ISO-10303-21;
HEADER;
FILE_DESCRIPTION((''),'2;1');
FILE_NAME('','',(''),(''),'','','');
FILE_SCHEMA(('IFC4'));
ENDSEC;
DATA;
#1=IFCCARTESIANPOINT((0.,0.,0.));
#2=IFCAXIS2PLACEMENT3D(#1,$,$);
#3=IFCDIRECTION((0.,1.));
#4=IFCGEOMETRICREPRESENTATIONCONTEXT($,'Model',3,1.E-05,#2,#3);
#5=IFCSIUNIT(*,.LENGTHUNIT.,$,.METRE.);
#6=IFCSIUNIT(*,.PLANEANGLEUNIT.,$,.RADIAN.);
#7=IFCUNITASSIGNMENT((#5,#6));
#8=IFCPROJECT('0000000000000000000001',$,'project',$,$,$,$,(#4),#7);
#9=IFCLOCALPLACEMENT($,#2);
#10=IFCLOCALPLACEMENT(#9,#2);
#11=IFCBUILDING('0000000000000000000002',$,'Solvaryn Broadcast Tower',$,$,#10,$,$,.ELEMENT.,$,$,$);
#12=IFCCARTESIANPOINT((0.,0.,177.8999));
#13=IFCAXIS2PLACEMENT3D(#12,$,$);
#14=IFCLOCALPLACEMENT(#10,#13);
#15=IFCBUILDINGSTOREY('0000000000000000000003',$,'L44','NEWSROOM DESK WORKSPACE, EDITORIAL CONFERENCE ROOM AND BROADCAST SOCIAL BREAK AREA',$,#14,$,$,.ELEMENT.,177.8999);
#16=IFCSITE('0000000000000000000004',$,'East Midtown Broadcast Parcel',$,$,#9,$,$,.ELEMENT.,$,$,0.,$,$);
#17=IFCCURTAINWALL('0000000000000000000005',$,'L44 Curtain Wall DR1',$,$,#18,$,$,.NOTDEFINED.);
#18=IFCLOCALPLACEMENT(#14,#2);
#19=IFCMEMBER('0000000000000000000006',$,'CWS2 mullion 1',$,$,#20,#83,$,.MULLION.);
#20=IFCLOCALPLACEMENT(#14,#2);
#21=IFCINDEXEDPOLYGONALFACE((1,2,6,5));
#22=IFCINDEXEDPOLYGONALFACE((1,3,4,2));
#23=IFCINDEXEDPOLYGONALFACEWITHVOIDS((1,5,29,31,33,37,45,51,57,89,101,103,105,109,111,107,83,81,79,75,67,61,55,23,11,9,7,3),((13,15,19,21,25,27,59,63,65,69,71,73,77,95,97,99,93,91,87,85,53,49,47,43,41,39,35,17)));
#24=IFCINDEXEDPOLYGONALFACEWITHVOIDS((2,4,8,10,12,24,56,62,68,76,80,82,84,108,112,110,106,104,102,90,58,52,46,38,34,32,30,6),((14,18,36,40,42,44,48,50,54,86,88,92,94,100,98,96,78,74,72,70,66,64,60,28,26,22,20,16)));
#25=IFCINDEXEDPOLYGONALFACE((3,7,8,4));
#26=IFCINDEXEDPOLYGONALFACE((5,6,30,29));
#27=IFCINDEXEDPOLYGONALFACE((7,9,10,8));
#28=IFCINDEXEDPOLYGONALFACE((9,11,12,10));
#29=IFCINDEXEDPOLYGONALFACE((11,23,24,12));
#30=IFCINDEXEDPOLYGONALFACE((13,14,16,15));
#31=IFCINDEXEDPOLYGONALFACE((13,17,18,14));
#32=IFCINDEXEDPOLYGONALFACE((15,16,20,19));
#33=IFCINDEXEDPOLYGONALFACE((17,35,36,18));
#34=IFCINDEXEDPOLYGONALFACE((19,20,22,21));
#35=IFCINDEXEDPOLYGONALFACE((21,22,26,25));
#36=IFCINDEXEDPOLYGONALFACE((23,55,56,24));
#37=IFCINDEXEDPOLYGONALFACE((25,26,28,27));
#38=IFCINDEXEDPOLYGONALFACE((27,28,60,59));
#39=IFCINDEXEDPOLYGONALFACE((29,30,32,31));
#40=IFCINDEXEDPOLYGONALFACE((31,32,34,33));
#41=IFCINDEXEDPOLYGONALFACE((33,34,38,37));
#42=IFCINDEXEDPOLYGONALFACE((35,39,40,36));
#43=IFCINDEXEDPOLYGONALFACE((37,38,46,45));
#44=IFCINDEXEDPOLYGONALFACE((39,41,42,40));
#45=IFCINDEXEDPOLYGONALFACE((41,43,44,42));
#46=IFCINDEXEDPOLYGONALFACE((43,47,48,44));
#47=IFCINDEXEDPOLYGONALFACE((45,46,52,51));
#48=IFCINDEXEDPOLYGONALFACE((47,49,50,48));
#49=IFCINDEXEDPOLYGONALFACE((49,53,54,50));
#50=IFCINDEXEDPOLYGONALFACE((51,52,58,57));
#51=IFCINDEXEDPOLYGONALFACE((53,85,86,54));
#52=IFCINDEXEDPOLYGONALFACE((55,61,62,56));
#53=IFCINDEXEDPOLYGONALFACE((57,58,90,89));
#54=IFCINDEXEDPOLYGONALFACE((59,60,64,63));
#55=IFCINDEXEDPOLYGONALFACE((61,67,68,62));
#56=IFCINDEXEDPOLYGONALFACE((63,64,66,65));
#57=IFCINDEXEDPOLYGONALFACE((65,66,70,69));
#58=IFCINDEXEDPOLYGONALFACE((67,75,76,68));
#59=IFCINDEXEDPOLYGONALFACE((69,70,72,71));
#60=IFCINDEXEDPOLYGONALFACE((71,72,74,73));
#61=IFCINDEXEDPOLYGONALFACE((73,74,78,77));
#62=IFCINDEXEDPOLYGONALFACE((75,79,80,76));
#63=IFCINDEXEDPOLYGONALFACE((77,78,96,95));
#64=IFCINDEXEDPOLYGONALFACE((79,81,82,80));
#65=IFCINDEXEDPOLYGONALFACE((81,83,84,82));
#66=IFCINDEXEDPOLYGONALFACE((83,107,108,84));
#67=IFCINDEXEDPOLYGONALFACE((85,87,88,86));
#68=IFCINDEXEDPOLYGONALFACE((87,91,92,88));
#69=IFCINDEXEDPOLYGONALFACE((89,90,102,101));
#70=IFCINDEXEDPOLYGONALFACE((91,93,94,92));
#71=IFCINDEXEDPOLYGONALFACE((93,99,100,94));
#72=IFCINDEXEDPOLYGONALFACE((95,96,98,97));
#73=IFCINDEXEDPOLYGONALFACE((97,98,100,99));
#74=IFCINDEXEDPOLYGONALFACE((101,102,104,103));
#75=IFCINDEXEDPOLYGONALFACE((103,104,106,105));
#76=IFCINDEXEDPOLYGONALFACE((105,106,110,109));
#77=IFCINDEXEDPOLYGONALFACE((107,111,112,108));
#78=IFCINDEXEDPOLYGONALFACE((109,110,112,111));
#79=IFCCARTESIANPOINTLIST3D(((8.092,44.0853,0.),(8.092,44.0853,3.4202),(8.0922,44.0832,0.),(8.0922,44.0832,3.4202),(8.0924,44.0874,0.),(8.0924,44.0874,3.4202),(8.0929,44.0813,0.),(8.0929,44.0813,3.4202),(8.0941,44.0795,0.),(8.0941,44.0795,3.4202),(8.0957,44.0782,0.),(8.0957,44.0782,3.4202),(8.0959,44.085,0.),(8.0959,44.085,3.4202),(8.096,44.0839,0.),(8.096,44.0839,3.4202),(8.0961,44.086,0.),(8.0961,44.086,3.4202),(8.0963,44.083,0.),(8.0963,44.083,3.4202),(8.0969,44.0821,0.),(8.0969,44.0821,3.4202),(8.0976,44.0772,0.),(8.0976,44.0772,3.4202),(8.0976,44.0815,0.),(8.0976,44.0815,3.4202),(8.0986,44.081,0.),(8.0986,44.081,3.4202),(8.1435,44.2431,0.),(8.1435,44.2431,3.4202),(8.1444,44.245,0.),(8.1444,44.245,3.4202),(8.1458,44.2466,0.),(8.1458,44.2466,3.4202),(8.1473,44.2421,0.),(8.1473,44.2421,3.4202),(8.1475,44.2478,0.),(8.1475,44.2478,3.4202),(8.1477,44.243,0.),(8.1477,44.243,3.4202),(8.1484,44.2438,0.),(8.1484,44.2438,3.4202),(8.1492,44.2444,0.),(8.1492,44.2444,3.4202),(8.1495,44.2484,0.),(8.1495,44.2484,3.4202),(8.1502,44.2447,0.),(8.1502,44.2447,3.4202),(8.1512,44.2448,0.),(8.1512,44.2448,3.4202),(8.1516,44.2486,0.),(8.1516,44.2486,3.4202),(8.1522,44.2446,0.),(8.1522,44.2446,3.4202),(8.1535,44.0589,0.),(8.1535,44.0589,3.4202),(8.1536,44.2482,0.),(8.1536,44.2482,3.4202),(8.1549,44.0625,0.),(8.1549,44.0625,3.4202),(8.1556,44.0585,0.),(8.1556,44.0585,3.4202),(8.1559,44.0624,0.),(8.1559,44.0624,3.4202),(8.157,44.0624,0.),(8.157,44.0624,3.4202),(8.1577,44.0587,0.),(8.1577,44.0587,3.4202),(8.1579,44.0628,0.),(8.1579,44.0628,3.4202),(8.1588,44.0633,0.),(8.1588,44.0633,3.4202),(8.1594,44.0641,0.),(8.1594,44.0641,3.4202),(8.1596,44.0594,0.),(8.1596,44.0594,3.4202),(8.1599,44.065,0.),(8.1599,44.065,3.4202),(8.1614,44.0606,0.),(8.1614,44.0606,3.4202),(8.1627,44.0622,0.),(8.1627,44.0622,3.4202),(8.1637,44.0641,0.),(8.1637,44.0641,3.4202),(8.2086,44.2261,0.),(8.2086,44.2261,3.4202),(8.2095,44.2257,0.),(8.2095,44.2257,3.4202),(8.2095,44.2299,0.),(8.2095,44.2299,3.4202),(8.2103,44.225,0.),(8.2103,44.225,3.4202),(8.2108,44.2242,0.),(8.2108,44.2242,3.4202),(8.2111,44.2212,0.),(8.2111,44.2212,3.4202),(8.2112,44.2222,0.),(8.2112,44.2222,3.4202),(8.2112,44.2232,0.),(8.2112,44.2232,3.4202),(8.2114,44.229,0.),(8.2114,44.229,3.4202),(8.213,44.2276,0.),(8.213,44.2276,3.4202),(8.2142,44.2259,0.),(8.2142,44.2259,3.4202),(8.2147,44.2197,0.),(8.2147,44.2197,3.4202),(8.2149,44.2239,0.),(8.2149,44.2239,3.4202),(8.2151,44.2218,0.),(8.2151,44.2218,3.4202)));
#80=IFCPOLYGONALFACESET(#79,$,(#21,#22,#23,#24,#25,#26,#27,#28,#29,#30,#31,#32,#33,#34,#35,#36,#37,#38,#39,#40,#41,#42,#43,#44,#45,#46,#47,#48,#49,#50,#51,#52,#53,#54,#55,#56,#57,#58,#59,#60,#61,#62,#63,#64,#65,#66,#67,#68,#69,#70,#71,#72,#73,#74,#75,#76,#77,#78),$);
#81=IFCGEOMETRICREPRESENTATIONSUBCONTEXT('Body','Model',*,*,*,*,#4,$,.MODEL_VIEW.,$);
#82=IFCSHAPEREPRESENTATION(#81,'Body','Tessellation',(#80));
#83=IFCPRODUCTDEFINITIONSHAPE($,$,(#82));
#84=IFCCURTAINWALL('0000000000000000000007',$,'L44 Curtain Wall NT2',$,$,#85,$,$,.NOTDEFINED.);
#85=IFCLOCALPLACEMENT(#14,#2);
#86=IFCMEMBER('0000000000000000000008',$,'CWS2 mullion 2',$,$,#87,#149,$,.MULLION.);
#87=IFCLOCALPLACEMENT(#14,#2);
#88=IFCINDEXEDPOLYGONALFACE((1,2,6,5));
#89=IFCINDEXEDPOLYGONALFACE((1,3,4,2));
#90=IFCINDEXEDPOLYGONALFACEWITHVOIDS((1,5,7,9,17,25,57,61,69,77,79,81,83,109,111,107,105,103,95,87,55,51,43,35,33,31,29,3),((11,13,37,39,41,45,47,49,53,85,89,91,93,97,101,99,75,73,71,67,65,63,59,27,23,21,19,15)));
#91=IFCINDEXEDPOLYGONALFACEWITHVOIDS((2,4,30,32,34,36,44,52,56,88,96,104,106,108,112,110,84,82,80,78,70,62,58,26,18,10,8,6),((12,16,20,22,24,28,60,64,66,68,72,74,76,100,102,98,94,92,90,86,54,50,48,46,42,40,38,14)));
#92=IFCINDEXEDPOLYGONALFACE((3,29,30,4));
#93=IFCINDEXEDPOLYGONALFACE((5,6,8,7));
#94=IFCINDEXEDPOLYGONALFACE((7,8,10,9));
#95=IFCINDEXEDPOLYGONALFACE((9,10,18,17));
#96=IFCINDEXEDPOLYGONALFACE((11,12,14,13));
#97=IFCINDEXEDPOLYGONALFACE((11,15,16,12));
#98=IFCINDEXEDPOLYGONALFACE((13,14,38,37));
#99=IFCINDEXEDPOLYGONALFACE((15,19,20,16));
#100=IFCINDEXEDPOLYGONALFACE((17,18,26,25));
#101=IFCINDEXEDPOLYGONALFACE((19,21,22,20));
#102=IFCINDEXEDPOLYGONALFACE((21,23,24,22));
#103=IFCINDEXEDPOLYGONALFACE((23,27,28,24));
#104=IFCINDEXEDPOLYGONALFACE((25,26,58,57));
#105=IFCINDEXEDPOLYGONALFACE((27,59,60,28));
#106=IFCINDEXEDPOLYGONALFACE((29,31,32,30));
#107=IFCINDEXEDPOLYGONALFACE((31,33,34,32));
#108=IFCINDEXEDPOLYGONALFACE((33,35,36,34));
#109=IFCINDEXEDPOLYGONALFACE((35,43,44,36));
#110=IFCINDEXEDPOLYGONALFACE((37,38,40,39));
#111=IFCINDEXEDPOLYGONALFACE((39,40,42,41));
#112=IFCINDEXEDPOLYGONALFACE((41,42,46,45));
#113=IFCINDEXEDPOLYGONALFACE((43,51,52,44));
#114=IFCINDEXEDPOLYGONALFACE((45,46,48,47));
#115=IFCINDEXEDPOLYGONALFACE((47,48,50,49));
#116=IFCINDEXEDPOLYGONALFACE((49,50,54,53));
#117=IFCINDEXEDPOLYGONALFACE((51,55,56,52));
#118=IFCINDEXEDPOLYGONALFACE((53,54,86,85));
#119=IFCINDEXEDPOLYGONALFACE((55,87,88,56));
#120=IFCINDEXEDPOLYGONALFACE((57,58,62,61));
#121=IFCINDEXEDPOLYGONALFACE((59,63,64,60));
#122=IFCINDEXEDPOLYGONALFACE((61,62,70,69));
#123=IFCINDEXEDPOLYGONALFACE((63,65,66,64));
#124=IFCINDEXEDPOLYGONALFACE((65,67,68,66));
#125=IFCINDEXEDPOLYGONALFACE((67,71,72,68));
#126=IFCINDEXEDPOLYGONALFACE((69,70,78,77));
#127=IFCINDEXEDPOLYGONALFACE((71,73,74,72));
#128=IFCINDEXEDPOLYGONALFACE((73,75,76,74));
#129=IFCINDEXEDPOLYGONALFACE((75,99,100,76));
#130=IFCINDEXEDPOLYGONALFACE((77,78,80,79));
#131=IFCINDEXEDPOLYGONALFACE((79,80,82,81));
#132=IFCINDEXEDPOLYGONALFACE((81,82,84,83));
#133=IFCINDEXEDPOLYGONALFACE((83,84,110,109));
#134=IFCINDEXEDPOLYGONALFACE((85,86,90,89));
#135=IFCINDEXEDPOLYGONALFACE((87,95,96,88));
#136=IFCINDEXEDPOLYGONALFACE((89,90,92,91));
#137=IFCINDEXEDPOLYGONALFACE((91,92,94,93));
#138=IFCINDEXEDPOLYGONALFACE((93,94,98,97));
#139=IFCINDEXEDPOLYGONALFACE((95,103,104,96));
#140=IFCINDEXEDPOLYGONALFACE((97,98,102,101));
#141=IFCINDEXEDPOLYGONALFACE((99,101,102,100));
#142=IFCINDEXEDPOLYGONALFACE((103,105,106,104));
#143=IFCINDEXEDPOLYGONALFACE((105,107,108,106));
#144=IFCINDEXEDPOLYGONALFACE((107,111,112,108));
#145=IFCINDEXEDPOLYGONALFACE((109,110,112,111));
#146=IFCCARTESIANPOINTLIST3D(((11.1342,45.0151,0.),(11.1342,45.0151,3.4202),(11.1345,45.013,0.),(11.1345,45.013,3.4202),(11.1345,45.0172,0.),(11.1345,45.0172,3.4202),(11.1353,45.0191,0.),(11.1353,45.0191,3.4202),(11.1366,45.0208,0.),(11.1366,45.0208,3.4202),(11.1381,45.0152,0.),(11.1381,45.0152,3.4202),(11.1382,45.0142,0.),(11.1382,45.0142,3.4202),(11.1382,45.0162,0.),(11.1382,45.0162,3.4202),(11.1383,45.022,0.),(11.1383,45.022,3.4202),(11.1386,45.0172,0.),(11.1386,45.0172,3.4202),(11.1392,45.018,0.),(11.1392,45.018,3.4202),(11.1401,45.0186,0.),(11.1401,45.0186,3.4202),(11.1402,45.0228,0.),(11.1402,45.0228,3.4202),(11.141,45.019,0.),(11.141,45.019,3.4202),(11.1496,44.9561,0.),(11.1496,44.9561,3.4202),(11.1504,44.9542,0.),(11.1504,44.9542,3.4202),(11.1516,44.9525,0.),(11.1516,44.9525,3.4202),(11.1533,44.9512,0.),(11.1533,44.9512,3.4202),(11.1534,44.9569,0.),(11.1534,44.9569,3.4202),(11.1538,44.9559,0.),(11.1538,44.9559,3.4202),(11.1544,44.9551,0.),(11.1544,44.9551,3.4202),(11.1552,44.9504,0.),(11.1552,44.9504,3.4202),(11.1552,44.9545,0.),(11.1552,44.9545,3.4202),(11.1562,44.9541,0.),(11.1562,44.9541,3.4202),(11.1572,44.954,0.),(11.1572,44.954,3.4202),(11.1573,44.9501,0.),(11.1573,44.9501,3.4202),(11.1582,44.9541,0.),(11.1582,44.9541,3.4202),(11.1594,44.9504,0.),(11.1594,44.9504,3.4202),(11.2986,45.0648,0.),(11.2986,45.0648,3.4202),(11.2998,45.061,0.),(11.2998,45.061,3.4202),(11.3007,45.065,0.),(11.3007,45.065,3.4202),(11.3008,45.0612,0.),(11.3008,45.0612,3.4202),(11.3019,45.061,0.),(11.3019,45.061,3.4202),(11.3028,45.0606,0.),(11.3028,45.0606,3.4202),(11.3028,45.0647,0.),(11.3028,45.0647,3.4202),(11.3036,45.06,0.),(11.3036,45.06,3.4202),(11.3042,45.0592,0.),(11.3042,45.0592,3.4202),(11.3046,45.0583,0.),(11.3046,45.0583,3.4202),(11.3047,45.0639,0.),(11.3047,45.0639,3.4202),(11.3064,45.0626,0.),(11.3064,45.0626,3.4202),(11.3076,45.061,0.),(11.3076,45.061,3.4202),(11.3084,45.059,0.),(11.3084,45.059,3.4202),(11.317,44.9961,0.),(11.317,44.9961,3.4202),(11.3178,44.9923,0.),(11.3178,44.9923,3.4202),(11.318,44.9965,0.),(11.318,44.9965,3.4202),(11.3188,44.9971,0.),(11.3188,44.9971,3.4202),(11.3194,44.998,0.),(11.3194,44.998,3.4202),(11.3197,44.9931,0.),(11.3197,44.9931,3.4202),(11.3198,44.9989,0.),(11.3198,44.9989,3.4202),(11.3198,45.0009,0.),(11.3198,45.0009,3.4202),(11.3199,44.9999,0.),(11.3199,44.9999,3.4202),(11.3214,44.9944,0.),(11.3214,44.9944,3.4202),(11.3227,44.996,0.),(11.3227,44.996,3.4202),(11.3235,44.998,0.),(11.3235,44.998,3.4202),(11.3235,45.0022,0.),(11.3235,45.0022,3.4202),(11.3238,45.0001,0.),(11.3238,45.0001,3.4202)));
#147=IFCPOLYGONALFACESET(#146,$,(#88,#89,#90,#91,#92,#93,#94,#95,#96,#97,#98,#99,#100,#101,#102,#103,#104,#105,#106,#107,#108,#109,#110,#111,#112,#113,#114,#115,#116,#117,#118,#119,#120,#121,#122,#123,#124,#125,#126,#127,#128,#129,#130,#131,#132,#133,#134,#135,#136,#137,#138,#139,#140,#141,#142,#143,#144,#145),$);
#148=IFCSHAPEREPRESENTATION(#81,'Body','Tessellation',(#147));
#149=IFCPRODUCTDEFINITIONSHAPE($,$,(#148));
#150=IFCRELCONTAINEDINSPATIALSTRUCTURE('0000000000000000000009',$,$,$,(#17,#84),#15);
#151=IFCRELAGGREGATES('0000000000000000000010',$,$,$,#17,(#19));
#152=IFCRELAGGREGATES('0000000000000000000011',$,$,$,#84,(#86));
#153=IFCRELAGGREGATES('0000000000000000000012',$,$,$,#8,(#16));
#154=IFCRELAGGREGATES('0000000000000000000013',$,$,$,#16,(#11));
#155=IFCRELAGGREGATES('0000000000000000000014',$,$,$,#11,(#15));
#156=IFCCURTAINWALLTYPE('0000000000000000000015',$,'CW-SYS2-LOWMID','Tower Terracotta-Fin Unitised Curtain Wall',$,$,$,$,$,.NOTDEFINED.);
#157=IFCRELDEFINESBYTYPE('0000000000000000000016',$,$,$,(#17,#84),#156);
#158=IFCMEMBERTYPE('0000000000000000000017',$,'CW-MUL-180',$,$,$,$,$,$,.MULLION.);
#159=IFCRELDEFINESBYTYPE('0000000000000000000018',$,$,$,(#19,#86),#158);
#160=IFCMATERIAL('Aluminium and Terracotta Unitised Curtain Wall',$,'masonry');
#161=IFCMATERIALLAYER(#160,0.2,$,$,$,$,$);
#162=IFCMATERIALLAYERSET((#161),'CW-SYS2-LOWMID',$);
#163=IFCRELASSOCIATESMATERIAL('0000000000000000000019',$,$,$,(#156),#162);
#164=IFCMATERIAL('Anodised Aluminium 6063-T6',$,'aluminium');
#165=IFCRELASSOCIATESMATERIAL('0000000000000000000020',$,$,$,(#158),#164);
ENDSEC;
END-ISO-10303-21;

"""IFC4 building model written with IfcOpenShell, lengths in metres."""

from ifc_helpers import new_model, si_unit, direction, frame, origin, origin_2d, place, context, subcontext, project, spatial, hollow_rectangle, extrude, material, layer, layer_set, material_profile, profile_set, type_object, element, aggregate, save


model = new_model("IFC4")

# Units and contexts
model_context = context("Model", 3, precision=1e-05, world=origin(), true_north=direction((0.0, 1.0)))
body_context = subcontext(model_context, "Body", "Model", "MODEL_VIEW")
ifc_project = project(units=[si_unit("LENGTHUNIT", "METRE"), si_unit("PLANEANGLEUNIT", "RADIAN")], contexts=[model_context])

# Site, building, storey
site_placement = place(None, origin())
site = spatial("IfcSite", under=ifc_project, at=site_placement, Name="East Midtown Broadcast Parcel", CompositionType="ELEMENT", RefElevation=0.0)
building_placement = place(site_placement, origin())
building = spatial("IfcBuilding", under=site, at=building_placement, Name="Solvaryn Broadcast Tower", CompositionType="ELEMENT")
storey_placement = place(building_placement, frame((0.0, 0.0, 177.8999)))
storey = spatial("IfcBuildingStorey", under=building, at=storey_placement, Name="L44", Description="NEWSROOM DESK WORKSPACE, EDITORIAL CONFERENCE ROOM AND BROADCAST SOCIAL BREAK AREA", CompositionType="ELEMENT", Elevation=177.8999)

# Curtain walls, members
ifc_material_1 = material(Name="Aluminium and Terracotta Unitised Curtain Wall", Category="masonry")
ifc_layer_1 = layer(ifc_material_1, 0.2)
ifc_layer_set_1 = layer_set([ifc_layer_1], Name="CW-SYS2-LOWMID")
curtain_wall_type = type_object("IfcCurtainWallType", Name="CW-SYS2-LOWMID", Description="Tower Terracotta-Fin Unitised Curtain Wall", PredefinedType="NOTDEFINED", material=ifc_layer_set_1)
curtain_wall_1_placement = place(storey_placement, origin())
curtain_wall_1 = element("IfcCurtainWall", 1, at=curtain_wall_1_placement, inside=storey, type_object=curtain_wall_type, Name="L44 Curtain Wall DR1", PredefinedType="NOTDEFINED")
ifc_material_2 = material(Name="Anodised Aluminium 6063-T6", Category="aluminium")
ifc_material_profile_1 = material_profile(ifc_material_2, hollow_rectangle(XDim=0.075, YDim=0.1799, WallThickness=0.0039, InnerFilletRadius=0.0039, OuterFilletRadius=0.0081, at=origin_2d()))
ifc_profile_set_1 = profile_set([ifc_material_profile_1], Name="Anodised Aluminium 6063-T6")
member_type_1 = type_object("IfcMemberType", Name="CW-MUL-180", PredefinedType="MULLION", material=ifc_profile_set_1)
member_1_placement = place(storey_placement, frame((8.1536, 44.1536, 0.0), z_axis=(0.0, 0.0, 1.0), x_axis=(0.950227, -0.311559, 0.0)))
member_1 = element("IfcMember", 2, at=member_1_placement, type_object=member_type_1, Name="CWS2 mullion 1", PredefinedType="MULLION", context=body_context, shape_type="SweptSolid", body=[
    extrude(hollow_rectangle(XDim=0.075, YDim=0.1799, WallThickness=0.0039, InnerFilletRadius=0.0039, OuterFilletRadius=0.0081, at=origin_2d()), origin(), (0.0, 0.0, 1.0), 3.4202),
])
curtain_wall_2_placement = place(storey_placement, origin())
curtain_wall_2 = element("IfcCurtainWall", 3, at=curtain_wall_2_placement, inside=storey, type_object=curtain_wall_type, Name="L44 Curtain Wall NT2", PredefinedType="NOTDEFINED")
member_2_placement = place(storey_placement, frame((11.229, 45.0076, 0.0), z_axis=(0.0, 0.0, 1.0), x_axis=(0.255893, -0.966705, 0.0)))
member_2 = element("IfcMember", 4, at=member_2_placement, type_object=member_type_1, Name="CWS2 mullion 2", PredefinedType="MULLION", context=body_context, shape_type="SweptSolid", body=[
    extrude(hollow_rectangle(XDim=0.075, YDim=0.1799, WallThickness=0.0039, InnerFilletRadius=0.0039, OuterFilletRadius=0.0081, at=origin_2d()), origin(), (0.0, 0.0, 1.0), 3.4202),
])

aggregate(curtain_wall_1, [member_1])

aggregate(curtain_wall_2, [member_2])

save(model, "model.ifc")
